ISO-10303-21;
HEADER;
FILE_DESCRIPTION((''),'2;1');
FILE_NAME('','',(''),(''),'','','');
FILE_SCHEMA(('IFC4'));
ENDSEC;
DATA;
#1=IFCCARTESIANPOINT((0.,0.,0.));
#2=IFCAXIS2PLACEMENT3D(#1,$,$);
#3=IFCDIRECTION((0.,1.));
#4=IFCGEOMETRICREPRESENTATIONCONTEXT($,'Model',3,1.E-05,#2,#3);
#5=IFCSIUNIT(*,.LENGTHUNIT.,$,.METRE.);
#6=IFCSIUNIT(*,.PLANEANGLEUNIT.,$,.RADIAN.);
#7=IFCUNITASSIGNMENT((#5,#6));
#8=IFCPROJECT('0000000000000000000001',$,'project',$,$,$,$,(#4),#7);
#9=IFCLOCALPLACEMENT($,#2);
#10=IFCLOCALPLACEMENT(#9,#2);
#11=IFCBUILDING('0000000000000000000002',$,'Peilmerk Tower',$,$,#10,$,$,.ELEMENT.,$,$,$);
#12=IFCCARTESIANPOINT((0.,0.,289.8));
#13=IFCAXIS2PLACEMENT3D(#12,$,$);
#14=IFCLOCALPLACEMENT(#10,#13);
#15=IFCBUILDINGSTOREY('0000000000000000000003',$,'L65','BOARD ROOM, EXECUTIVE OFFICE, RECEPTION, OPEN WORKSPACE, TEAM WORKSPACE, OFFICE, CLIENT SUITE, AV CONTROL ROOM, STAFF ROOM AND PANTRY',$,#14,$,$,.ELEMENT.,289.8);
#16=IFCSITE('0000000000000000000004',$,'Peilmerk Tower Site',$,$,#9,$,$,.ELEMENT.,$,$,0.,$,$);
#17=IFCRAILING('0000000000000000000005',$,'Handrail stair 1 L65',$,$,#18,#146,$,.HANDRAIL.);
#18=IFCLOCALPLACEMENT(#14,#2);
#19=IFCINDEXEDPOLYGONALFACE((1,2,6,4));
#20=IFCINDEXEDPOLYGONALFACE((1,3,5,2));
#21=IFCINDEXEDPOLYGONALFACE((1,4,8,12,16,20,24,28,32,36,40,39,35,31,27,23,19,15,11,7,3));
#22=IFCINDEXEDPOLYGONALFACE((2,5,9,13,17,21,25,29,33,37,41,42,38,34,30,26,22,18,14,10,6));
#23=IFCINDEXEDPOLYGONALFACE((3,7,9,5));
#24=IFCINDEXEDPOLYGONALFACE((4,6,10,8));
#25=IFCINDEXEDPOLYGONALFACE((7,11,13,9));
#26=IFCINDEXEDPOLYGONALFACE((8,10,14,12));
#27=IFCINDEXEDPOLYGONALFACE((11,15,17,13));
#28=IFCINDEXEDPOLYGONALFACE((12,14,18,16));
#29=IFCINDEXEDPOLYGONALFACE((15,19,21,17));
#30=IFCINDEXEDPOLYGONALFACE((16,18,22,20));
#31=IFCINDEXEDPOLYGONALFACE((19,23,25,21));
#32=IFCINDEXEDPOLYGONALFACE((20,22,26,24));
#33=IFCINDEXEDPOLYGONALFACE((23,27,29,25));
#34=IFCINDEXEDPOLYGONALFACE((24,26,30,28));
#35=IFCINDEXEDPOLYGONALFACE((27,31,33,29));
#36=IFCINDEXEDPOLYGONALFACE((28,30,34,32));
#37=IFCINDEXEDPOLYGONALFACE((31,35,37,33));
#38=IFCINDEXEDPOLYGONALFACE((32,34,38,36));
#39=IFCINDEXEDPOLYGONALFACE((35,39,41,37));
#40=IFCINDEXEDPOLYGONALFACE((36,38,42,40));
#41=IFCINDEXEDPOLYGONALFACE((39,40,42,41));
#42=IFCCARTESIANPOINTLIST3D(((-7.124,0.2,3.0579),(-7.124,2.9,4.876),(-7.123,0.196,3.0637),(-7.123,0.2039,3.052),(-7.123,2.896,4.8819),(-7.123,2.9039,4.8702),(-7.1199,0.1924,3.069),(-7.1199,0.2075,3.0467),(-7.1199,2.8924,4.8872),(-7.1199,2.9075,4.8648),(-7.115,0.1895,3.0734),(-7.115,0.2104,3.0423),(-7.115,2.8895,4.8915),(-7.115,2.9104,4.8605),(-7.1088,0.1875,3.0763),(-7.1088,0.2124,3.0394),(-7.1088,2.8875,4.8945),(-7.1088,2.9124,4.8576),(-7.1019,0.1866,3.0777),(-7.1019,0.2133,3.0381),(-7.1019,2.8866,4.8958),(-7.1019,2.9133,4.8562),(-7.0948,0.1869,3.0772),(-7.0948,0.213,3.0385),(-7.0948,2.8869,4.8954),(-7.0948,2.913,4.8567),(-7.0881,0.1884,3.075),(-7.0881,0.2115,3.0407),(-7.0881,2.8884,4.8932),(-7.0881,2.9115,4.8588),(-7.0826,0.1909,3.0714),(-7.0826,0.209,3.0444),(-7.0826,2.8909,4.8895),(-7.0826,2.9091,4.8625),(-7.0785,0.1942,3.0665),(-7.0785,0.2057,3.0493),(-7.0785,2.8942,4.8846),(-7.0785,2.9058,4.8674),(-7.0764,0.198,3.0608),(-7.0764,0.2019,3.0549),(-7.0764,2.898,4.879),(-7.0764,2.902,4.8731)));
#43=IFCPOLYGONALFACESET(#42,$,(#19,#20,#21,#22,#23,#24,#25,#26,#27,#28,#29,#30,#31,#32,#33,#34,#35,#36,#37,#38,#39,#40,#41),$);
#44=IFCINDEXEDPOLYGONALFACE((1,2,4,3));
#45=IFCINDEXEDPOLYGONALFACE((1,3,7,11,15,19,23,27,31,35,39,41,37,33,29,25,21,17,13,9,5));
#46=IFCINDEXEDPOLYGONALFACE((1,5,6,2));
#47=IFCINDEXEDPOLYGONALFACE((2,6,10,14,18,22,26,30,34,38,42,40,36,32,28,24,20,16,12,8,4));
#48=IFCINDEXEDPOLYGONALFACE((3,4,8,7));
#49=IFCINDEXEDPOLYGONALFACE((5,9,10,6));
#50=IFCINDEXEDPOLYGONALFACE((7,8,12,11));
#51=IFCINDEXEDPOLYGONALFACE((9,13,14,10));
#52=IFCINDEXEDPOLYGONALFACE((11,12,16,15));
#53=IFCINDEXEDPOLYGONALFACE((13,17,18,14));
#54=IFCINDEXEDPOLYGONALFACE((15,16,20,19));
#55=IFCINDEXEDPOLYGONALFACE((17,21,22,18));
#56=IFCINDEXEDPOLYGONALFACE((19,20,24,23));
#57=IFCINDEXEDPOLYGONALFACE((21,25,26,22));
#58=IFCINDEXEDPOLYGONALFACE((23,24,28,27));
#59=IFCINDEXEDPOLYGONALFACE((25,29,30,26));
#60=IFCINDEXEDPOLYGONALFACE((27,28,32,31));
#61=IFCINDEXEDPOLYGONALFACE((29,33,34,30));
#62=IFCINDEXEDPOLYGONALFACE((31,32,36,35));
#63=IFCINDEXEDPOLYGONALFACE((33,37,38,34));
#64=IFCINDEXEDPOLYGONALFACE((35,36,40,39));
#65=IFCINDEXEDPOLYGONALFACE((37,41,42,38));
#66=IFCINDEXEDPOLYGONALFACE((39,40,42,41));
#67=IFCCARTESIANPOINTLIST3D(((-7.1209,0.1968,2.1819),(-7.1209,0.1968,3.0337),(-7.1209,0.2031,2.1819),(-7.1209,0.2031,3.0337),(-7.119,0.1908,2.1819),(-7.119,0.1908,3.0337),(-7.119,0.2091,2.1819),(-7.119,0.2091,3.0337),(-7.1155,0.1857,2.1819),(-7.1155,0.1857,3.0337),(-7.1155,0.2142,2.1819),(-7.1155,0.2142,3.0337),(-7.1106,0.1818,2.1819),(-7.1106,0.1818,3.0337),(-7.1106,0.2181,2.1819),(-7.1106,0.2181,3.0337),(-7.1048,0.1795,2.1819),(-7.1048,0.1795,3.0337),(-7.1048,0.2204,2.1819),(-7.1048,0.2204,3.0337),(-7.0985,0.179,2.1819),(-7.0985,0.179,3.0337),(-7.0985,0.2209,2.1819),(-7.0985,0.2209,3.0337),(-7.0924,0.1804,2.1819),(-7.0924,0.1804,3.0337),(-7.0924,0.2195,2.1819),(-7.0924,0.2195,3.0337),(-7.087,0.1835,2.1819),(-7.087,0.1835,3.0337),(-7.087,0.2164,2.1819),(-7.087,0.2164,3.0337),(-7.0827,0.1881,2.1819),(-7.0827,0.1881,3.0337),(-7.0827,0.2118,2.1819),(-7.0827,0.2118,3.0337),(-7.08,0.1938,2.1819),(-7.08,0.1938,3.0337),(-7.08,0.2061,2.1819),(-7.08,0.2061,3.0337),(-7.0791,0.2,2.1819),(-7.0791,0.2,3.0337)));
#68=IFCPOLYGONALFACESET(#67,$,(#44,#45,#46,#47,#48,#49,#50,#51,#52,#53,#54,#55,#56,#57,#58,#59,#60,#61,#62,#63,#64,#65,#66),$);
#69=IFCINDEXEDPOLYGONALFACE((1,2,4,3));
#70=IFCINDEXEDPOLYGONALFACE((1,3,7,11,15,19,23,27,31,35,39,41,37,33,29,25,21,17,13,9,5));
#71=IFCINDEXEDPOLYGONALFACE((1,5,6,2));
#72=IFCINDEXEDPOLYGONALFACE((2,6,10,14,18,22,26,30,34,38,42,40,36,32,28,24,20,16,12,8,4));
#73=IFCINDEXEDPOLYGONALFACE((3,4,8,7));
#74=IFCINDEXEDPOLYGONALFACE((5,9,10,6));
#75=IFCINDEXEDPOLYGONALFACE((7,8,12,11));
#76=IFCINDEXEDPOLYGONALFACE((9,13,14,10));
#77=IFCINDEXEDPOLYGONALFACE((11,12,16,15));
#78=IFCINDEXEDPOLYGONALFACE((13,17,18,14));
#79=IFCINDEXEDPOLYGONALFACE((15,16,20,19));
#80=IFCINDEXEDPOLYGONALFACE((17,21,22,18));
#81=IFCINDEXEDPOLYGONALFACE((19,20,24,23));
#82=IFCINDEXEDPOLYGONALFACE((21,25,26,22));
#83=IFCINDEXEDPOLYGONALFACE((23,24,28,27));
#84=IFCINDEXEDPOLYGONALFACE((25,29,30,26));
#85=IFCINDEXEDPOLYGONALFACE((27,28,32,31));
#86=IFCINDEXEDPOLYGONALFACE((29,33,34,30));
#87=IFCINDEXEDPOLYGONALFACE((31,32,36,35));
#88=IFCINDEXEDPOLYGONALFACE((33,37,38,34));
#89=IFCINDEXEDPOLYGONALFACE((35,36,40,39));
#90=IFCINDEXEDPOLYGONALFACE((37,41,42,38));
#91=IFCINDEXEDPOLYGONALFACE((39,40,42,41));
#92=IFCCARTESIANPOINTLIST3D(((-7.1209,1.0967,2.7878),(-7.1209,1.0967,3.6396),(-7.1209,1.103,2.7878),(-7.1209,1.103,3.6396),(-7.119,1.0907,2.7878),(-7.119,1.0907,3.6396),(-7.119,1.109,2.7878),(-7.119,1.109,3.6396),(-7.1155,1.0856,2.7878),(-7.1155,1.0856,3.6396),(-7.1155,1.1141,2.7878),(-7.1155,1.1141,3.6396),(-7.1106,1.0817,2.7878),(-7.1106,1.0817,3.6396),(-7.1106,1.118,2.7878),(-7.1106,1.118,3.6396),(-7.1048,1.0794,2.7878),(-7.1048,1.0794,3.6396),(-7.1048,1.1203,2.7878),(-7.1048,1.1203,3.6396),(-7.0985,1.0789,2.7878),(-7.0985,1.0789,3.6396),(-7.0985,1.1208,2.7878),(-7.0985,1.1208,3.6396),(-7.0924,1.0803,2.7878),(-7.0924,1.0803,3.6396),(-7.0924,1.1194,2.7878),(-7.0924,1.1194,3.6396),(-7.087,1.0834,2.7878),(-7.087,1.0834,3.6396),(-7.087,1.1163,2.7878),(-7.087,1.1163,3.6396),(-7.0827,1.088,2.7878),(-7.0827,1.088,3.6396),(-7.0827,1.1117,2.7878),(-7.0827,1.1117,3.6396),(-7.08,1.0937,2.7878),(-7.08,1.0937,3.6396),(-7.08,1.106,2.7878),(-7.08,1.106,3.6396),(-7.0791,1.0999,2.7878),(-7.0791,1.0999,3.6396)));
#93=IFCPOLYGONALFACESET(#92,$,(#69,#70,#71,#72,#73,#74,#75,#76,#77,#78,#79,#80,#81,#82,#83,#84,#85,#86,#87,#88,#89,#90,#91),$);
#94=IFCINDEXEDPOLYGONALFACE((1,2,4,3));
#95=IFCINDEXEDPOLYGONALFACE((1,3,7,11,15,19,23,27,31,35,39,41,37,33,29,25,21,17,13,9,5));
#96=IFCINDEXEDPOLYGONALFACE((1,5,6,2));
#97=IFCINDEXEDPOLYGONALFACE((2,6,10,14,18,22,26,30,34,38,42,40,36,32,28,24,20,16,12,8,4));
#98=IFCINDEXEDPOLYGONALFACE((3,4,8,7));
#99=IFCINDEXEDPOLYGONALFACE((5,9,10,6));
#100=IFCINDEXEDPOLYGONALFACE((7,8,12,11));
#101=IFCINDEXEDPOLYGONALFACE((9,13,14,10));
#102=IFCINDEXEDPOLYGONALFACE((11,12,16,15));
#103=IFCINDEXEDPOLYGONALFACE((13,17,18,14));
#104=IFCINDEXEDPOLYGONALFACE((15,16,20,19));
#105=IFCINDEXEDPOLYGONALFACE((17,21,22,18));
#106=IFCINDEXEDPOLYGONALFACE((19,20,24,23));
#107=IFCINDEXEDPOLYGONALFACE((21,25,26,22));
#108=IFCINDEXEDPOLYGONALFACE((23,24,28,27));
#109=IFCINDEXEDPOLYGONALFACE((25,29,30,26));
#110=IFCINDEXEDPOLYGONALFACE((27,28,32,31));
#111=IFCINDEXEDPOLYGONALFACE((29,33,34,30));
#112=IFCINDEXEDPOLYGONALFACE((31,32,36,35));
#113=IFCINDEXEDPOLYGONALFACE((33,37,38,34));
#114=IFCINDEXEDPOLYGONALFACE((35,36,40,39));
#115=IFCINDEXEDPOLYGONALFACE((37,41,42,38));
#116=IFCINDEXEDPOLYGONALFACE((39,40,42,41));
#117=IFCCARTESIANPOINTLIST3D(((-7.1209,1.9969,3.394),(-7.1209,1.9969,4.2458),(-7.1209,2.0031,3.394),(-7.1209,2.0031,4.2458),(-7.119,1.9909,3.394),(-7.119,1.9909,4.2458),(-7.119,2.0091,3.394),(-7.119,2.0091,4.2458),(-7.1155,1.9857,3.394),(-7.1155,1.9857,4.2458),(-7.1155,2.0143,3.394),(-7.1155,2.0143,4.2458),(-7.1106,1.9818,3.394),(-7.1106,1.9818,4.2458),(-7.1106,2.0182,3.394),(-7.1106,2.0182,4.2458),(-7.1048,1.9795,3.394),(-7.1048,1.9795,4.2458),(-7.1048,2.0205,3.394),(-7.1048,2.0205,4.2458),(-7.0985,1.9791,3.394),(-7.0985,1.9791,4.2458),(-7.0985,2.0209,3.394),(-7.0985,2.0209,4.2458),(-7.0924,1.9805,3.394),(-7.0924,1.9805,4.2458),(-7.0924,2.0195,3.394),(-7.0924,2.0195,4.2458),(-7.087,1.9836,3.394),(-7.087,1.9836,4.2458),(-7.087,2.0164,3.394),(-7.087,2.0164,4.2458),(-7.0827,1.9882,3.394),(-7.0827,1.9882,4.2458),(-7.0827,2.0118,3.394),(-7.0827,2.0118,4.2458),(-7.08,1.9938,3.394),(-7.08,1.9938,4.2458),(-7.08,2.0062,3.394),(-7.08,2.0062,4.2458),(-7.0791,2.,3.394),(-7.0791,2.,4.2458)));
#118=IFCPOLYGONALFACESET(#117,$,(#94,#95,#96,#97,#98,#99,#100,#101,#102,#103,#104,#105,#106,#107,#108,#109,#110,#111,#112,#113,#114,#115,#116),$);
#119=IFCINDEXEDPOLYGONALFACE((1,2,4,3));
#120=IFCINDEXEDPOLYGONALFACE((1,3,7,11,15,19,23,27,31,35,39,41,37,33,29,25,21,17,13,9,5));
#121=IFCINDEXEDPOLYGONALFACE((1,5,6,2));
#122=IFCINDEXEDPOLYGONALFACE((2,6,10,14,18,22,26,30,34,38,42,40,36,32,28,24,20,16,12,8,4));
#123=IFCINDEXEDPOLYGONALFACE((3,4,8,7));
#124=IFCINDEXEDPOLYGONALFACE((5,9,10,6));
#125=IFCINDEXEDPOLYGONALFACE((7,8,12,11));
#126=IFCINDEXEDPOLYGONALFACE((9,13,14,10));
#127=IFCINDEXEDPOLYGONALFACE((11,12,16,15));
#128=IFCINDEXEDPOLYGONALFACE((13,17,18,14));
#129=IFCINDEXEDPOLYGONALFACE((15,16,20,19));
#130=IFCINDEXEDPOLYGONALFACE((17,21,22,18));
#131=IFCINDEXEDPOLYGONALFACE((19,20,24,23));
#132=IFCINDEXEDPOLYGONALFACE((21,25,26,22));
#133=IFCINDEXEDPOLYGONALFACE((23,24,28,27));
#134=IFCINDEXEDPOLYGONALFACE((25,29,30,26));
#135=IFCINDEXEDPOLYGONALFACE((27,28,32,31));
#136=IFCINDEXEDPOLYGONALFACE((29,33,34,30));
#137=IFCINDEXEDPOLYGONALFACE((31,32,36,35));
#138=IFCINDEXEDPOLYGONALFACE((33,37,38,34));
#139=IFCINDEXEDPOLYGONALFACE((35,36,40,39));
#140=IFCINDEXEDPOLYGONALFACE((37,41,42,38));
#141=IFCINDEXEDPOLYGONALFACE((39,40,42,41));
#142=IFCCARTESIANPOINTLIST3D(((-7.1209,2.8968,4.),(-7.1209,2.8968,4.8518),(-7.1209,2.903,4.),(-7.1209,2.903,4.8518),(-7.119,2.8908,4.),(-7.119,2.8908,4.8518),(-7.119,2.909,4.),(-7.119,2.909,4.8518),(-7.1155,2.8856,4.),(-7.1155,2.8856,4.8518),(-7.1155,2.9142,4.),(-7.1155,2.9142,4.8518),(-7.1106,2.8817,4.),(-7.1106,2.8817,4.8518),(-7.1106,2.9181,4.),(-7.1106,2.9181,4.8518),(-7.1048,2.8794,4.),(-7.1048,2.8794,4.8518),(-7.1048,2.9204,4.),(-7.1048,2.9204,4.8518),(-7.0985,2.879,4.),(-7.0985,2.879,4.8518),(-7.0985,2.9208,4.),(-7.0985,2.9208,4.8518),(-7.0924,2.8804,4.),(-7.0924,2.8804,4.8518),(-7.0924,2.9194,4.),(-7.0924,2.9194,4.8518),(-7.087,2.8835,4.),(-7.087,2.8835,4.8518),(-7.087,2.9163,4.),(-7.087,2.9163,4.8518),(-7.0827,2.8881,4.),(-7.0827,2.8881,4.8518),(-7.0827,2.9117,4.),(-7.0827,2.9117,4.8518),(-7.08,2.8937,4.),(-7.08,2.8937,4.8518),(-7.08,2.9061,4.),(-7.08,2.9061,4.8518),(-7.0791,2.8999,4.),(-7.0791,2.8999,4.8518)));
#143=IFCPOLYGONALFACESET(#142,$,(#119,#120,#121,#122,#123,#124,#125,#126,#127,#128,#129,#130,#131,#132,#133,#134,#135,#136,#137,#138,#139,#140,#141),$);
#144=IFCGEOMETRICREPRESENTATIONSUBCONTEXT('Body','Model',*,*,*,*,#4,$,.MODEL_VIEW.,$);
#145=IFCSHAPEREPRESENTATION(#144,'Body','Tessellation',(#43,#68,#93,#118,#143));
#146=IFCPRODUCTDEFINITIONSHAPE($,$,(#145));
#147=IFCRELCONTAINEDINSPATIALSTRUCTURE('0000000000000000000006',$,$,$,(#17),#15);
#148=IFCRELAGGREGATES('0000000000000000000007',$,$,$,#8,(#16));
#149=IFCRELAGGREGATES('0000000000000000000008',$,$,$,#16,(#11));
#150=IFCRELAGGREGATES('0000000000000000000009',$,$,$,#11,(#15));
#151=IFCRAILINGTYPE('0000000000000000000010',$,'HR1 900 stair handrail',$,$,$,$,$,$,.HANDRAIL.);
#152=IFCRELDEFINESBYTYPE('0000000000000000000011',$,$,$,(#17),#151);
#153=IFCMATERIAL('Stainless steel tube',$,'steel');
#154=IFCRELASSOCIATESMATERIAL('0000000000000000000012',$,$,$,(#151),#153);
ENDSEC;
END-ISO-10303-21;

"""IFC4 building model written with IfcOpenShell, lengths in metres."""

from ifc_helpers import new_model, si_unit, direction, frame, origin, origin_2d, place, context, subcontext, project, spatial, circle, extrude, material, type_object, element, save


model = new_model("IFC4")

# Units and contexts
model_context = context("Model", 3, precision=1e-05, world=origin(), true_north=direction((0.0, 1.0)))
body_context = subcontext(model_context, "Body", "Model", "MODEL_VIEW")
ifc_project = project(units=[si_unit("LENGTHUNIT", "METRE"), si_unit("PLANEANGLEUNIT", "RADIAN")], contexts=[model_context])

# Site, building, storey
site_placement = place(None, origin())
site = spatial("IfcSite", under=ifc_project, at=site_placement, Name="Peilmerk Tower Site", CompositionType="ELEMENT", RefElevation=0.0)
building_placement = place(site_placement, origin())
building = spatial("IfcBuilding", under=site, at=building_placement, Name="Peilmerk Tower", CompositionType="ELEMENT")
storey_placement = place(building_placement, frame((0.0, 0.0, 289.8)))
storey = spatial("IfcBuildingStorey", under=building, at=storey_placement, Name="L65", Description="BOARD ROOM, EXECUTIVE OFFICE, RECEPTION, OPEN WORKSPACE, TEAM WORKSPACE, OFFICE, CLIENT SUITE, AV CONTROL ROOM, STAFF ROOM AND PANTRY", CompositionType="ELEMENT", Elevation=289.8)

# Railing
ifc_material_1 = material(Name="Stainless steel tube", Category="steel")
railing_type_1 = type_object("IfcRailingType", Name="HR1 900 stair handrail", PredefinedType="HANDRAIL", material=ifc_material_1)
railing_1_placement = place(storey_placement, frame((-7.1001, 0.2, 2.1819)))
element("IfcRailing", 1, at=railing_1_placement, inside=storey, type_object=railing_type_1, Name="Handrail stair 1 L65", PredefinedType="HANDRAIL", context=body_context, shape_type="SweptSolid", body=[
    extrude(circle(Radius=0.0239, at=origin_2d()), frame((0.0, 0.0, 0.876), z_axis=(0.0, 0.829468, 0.558554), x_axis=(-1.0, 0.0, 0.0)), (0.0, 0.0, 1.0), 3.2551),
    extrude(circle(Radius=0.021, at=origin_2d()), origin(), (0.0, 0.0, 1.0), 0.8518),
    extrude(circle(Radius=0.021, at=origin_2d()), frame((0.0, 0.8999, 0.606)), (0.0, 0.0, 1.0), 0.8518),
    extrude(circle(Radius=0.021, at=origin_2d()), frame((0.0, 1.8, 1.2122)), (0.0, 0.0, 1.0), 0.8518),
    extrude(circle(Radius=0.021, at=origin_2d()), frame((0.0, 2.7, 1.8181)), (0.0, 0.0, 1.0), 0.8518),
])

save(model, "model.ifc")
